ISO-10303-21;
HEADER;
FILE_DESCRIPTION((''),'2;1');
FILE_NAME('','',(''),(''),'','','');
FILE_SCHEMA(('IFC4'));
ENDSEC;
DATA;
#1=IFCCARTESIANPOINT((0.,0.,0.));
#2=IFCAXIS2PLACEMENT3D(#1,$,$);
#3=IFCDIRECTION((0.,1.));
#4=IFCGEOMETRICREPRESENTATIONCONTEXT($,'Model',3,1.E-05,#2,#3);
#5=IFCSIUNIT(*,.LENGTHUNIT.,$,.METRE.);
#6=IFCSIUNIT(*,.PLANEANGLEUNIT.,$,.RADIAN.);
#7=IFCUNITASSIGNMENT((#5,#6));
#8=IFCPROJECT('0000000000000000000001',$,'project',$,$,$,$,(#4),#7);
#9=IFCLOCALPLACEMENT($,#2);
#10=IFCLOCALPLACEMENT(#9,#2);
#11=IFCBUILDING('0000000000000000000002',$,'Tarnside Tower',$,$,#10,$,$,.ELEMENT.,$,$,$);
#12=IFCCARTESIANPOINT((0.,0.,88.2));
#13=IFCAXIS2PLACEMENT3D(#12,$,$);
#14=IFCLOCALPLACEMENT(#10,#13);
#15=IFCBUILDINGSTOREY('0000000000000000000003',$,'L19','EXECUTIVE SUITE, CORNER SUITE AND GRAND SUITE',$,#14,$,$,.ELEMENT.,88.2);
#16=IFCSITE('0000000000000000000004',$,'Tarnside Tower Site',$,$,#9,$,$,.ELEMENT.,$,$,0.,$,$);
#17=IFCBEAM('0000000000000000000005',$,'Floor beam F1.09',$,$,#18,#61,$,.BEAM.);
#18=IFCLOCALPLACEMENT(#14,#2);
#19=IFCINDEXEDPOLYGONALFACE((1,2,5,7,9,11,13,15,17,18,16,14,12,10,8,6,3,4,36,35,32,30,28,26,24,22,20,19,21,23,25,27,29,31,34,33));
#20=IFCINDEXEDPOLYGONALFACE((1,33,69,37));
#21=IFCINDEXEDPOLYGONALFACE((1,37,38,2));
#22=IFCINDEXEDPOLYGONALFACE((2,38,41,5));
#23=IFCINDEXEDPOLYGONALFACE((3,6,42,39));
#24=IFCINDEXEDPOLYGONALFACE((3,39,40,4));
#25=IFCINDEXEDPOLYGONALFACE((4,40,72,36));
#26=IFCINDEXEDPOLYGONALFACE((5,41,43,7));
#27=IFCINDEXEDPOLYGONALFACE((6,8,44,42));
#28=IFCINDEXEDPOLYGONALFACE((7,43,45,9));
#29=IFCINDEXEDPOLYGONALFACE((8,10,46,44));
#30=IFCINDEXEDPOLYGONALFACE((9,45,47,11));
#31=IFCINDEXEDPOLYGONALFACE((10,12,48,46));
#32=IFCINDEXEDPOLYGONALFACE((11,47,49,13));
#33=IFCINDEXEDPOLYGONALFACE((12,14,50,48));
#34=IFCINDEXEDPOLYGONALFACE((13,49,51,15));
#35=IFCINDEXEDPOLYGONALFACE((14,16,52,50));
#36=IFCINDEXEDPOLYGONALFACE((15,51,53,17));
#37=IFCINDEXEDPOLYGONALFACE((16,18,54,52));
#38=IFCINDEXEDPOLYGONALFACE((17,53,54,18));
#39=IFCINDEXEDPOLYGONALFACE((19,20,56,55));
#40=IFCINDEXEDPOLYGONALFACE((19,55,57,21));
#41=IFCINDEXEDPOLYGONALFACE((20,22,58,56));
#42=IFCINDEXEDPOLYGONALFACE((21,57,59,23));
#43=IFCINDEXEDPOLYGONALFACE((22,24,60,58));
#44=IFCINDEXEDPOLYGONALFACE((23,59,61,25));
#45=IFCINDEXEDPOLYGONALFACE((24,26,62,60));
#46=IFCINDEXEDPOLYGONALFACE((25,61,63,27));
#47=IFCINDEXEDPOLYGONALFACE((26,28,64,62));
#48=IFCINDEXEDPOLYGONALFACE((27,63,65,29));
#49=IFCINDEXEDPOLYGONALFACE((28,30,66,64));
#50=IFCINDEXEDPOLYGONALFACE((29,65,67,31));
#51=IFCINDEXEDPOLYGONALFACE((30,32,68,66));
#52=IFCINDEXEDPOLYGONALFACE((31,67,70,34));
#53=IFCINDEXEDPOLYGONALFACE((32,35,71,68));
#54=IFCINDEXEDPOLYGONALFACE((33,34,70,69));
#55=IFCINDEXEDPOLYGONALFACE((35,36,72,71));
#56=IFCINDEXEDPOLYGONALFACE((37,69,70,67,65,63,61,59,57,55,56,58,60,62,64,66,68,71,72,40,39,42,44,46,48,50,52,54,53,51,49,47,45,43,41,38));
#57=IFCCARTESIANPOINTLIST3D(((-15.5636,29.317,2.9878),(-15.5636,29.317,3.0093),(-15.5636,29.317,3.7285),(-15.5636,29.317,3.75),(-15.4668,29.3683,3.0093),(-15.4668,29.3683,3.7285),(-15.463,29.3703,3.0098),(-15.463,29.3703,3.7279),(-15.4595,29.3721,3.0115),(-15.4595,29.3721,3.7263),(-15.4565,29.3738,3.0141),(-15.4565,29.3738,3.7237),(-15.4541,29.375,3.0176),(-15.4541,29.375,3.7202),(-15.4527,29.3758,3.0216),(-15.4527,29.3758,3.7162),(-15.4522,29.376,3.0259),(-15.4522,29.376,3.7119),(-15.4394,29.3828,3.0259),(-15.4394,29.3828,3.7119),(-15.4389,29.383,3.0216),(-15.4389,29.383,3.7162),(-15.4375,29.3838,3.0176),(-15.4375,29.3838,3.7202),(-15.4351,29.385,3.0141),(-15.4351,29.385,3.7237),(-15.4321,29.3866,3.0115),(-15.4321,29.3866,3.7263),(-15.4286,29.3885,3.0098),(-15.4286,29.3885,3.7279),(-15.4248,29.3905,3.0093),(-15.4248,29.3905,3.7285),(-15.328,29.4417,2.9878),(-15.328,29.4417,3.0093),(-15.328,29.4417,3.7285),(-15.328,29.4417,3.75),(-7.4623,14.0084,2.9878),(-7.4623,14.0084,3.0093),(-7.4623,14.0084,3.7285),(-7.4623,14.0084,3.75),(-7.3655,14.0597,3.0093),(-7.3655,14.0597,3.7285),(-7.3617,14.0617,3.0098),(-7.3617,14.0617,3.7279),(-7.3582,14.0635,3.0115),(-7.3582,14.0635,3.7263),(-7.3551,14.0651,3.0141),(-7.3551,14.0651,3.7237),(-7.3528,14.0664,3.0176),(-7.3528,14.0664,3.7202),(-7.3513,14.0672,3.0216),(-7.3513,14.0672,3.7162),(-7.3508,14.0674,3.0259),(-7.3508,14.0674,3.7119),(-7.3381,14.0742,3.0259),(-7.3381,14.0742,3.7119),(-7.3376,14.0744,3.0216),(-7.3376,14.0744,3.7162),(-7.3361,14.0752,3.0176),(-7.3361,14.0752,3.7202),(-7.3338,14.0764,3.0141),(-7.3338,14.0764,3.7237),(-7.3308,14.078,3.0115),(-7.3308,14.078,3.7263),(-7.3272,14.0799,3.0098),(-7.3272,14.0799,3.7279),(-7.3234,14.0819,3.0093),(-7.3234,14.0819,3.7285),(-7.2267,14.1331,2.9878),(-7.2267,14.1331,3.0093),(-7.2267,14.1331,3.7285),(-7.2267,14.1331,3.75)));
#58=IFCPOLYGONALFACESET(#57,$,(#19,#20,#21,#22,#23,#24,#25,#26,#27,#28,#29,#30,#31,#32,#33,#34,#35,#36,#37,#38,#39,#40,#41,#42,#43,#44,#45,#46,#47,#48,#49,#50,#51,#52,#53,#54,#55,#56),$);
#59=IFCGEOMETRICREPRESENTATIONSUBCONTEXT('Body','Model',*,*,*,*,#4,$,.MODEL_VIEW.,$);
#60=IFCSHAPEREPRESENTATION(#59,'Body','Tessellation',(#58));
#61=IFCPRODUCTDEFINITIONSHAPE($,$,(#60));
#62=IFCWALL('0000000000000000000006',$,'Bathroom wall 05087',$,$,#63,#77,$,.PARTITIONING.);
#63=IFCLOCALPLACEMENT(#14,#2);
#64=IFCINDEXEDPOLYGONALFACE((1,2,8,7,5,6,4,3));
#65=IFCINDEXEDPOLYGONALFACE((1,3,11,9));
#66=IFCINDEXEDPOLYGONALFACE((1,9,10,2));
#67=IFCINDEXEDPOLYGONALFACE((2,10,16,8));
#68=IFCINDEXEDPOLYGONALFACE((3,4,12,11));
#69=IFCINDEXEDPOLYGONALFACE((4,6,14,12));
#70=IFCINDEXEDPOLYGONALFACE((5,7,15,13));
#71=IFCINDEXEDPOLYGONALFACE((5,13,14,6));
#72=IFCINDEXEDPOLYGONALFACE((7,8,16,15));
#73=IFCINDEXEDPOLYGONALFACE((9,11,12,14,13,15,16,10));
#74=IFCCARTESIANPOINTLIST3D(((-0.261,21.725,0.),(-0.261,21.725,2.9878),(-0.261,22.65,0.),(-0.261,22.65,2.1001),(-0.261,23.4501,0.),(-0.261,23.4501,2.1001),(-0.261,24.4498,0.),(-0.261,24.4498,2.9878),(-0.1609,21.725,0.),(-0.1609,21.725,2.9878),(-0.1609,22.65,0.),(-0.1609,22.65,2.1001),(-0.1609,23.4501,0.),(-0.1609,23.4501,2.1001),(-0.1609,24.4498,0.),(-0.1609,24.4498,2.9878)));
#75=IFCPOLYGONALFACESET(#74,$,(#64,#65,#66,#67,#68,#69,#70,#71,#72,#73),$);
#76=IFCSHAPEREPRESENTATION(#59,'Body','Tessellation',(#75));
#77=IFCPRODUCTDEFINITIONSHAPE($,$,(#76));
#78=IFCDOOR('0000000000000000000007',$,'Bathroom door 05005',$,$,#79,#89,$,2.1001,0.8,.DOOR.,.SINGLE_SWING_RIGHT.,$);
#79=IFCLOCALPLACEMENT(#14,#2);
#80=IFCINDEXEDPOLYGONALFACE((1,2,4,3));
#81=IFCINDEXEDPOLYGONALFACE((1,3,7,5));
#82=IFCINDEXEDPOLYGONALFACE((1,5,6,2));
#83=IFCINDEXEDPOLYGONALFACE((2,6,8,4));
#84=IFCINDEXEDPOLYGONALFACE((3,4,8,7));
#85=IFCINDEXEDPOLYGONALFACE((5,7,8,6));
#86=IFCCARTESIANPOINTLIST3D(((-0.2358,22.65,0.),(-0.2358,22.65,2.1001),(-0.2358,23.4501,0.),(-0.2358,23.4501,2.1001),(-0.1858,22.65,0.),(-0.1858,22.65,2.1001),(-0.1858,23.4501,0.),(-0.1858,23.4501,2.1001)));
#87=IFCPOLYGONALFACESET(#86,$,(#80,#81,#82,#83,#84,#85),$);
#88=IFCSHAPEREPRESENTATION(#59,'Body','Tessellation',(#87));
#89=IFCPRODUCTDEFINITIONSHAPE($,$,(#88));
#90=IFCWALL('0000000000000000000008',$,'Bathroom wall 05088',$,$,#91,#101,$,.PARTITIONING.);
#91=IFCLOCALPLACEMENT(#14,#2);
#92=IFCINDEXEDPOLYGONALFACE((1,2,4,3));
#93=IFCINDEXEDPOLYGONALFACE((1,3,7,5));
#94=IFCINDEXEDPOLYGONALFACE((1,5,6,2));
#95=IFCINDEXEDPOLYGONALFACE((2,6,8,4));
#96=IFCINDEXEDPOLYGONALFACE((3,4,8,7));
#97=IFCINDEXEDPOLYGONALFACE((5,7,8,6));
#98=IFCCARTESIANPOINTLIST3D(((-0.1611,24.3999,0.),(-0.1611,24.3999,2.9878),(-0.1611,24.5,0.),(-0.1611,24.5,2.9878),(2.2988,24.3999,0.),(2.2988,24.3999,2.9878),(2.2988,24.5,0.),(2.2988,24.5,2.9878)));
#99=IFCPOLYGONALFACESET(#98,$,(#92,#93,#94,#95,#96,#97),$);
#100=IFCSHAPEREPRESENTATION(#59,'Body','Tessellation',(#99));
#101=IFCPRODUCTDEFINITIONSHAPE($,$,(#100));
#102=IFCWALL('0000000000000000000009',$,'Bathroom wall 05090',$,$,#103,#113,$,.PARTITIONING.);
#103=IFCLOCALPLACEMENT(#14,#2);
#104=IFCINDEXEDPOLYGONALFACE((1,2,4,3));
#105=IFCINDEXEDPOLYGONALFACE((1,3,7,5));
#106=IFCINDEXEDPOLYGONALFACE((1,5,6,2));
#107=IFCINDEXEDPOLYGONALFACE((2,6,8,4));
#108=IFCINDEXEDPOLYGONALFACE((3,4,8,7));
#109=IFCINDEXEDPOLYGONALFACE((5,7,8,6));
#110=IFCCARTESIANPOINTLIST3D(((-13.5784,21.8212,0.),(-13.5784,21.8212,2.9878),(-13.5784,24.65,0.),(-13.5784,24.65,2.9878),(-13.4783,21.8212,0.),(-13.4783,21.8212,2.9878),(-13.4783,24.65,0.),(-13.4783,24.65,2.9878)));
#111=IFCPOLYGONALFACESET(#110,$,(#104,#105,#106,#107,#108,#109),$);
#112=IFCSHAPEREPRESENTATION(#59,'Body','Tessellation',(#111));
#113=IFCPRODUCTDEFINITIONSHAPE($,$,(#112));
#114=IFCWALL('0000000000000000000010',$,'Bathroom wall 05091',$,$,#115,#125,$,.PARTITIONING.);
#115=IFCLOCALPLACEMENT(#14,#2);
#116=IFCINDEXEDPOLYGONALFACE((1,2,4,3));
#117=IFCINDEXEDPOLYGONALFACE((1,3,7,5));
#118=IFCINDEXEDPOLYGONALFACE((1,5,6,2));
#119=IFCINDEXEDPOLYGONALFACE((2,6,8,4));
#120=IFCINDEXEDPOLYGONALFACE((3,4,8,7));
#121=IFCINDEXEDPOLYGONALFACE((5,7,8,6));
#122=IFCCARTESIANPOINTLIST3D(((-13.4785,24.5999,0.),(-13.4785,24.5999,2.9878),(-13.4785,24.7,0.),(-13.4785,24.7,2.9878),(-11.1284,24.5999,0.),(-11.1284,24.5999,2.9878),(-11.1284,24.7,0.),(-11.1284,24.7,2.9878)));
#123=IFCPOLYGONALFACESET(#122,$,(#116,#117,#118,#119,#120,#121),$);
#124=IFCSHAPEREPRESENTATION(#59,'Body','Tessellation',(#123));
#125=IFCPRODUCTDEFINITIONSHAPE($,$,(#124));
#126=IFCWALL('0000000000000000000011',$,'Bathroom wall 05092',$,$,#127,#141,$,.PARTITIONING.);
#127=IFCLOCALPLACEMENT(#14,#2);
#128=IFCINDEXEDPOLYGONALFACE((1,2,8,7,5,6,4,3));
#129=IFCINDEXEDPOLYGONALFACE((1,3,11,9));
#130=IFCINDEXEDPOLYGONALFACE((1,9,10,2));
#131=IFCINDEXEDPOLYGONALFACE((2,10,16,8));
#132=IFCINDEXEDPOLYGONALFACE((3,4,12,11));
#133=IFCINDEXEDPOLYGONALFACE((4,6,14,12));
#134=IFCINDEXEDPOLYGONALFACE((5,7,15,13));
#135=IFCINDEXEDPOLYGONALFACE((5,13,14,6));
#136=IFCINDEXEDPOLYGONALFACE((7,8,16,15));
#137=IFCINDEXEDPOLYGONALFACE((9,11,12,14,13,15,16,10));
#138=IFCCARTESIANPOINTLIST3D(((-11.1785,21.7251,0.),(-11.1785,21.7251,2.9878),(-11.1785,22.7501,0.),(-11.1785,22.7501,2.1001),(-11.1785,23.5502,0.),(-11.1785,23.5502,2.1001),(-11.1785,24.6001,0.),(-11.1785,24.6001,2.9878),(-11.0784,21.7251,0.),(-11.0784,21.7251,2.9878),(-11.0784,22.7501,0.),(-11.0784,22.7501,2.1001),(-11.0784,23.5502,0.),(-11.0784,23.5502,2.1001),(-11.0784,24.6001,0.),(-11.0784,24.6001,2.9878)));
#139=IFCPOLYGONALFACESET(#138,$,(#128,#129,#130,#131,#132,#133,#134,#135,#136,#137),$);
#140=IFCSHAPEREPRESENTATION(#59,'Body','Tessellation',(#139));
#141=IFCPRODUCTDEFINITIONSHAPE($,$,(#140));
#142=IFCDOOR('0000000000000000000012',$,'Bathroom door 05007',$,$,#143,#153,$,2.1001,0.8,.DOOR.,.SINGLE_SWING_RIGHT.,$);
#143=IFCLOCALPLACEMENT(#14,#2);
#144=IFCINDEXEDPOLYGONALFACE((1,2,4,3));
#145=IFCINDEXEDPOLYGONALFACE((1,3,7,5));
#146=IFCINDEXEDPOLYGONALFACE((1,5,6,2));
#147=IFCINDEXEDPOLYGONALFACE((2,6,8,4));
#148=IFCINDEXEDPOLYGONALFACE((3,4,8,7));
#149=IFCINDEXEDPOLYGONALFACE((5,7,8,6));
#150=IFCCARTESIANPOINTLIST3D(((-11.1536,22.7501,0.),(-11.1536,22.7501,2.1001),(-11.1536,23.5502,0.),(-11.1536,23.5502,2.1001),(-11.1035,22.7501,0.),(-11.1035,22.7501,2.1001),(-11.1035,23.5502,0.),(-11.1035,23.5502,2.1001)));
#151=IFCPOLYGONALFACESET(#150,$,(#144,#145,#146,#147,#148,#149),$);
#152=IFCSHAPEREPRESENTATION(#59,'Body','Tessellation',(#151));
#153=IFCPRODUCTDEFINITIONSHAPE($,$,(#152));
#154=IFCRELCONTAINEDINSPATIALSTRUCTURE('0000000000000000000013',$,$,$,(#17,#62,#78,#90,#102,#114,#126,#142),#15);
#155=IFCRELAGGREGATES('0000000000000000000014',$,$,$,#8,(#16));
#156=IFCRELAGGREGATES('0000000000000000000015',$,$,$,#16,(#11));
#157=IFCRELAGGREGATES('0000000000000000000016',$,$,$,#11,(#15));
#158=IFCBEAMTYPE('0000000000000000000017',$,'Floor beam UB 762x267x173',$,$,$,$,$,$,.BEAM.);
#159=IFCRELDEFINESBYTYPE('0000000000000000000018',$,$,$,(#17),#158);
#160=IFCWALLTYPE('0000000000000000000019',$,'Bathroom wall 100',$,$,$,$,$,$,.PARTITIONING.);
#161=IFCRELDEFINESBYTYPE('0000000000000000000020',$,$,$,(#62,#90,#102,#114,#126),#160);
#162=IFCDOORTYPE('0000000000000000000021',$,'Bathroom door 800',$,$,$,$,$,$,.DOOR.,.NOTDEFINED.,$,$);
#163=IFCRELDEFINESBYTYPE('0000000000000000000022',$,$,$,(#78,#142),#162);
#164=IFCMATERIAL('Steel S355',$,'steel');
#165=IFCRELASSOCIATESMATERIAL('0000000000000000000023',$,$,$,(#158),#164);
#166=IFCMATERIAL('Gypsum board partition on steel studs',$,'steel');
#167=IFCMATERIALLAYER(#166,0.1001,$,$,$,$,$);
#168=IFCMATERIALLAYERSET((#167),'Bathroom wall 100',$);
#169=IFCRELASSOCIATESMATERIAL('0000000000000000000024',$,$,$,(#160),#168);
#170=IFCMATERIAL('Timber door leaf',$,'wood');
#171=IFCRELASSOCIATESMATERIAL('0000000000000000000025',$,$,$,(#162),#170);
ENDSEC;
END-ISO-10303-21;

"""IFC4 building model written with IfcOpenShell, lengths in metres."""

from ifc_helpers import new_model, si_unit, direction, frame, frame_2d, origin, origin_2d, place, context, subcontext, project, spatial, rectangle, i_section, extrude, material, layer, layer_set, material_profile, profile_set, type_object, element, fill, save


model = new_model("IFC4")

# Units and contexts
model_context = context("Model", 3, precision=1e-05, world=origin(), true_north=direction((0.0, 1.0)))
body_context = subcontext(model_context, "Body", "Model", "MODEL_VIEW")
ifc_project = project(units=[si_unit("LENGTHUNIT", "METRE"), si_unit("PLANEANGLEUNIT", "RADIAN")], contexts=[model_context])

# Site, building, storey
site_placement = place(None, origin())
site = spatial("IfcSite", under=ifc_project, at=site_placement, Name="Tarnside Tower Site", CompositionType="ELEMENT", RefElevation=0.0)
building_placement = place(site_placement, origin())
building = spatial("IfcBuilding", under=site, at=building_placement, Name="Tarnside Tower", CompositionType="ELEMENT")
storey_placement = place(building_placement, frame((0.0, 0.0, 88.2)))
storey = spatial("IfcBuildingStorey", under=building, at=storey_placement, Name="L19", Description="EXECUTIVE SUITE, CORNER SUITE AND GRAND SUITE", CompositionType="ELEMENT", Elevation=88.2)

# Beam
ifc_material_1 = material(Name="Steel S355", Category="steel")
ifc_material_profile_1 = material_profile(ifc_material_1, i_section(OverallWidth=0.2666, OverallDepth=0.7622, WebThickness=0.0144, FlangeThickness=0.0215, FilletRadius=0.0166, at=origin_2d()), Name="UB 762x267x173")
ifc_profile_set_1 = profile_set([ifc_material_profile_1], Name="Steel S355")
beam_type_1 = type_object("IfcBeamType", Name="Floor beam UB 762x267x173", PredefinedType="BEAM", material=ifc_profile_set_1)
beam_1_placement = place(storey_placement, frame((-15.4458, 29.3794, 3.3689), z_axis=(0.467742, -0.883865, 0.0), x_axis=(0.883865, 0.467742, 0.0)))
element("IfcBeam", 1, at=beam_1_placement, inside=storey, type_object=beam_type_1, Name="Floor beam F1.09", PredefinedType="BEAM", context=body_context, shape_type="SweptSolid", body=[
    extrude(i_section(OverallWidth=0.2666, OverallDepth=0.7622, WebThickness=0.0144, FlangeThickness=0.0215, FilletRadius=0.0166, at=origin_2d()), origin(), (0.0, 0.0, 1.0), 17.3201),
])

# Wall, opening, door
ifc_material_2 = material(Name="Gypsum board partition on steel studs", Category="steel")
ifc_layer_1 = layer(ifc_material_2, 0.1001)
ifc_layer_set_1 = layer_set([ifc_layer_1], Name="Bathroom wall 100")
wall_type_1 = type_object("IfcWallType", Name="Bathroom wall 100", PredefinedType="PARTITIONING", material=ifc_layer_set_1)
wall_1_placement = place(storey_placement, frame((-0.2109, 21.7251, 0.0), z_axis=(0.0, 0.0, 1.0), x_axis=(0.0, 1.0, 0.0)))
wall_1 = element("IfcWall", 2, at=wall_1_placement, inside=storey, type_object=wall_type_1, Name="Bathroom wall 05087", PredefinedType="PARTITIONING", context=body_context, shape_type="SweptSolid", body=[
    extrude(rectangle(XDim=2.7249, YDim=0.1001, at=frame_2d((1.3623, 0.0))), origin(), (0.0, 0.0, 1.0), 2.9878),
])
opening_1_placement = place(wall_1_placement, frame((0.925, 0.0, 0.0)))
opening_1 = element("IfcOpeningElement", 3, at=opening_1_placement, cuts=wall_1, PredefinedType="OPENING", context=body_context, shape_type="SweptSolid", body=[
    extrude(rectangle(XDim=0.8, YDim=2.1001, at=frame_2d((0.3999, 1.05))), frame((0.0, 0.0601, 0.0), z_axis=(0.0, -1.0, 0.0), x_axis=(1.0, 0.0, 0.0)), (0.0, 0.0, 1.0), 0.1201),
])
ifc_material_3 = material(Name="Timber door leaf", Category="wood")
door_type_1 = type_object("IfcDoorType", Name="Bathroom door 800", OperationType="NOTDEFINED", PredefinedType="DOOR", material=ifc_material_3)
door_1_placement = place(opening_1_placement, origin())
door_1 = element("IfcDoor", 4, at=door_1_placement, inside=storey, type_object=door_type_1, Name="Bathroom door 05005", OperationType="SINGLE_SWING_RIGHT", OverallHeight=2.1001, OverallWidth=0.8, PredefinedType="DOOR", context=body_context, shape_type="SweptSolid", body=[
    extrude(rectangle(XDim=0.8, YDim=2.1001, at=frame_2d((0.3999, 1.05))), frame((0.0, 0.0249, 0.0), z_axis=(0.0, -1.0, 0.0), x_axis=(1.0, 0.0, 0.0)), (0.0, 0.0, 1.0), 0.05),
])
fill(opening_1, door_1)

# Walls
wall_2_placement = place(storey_placement, frame((-0.1611, 24.45, 0.0), z_axis=(0.0, 0.0, 1.0), x_axis=(1.0, 0.0, 0.0)))
element("IfcWall", 5, at=wall_2_placement, inside=storey, type_object=wall_type_1, Name="Bathroom wall 05088", PredefinedType="PARTITIONING", context=body_context, shape_type="SweptSolid", body=[
    extrude(rectangle(XDim=2.46, YDim=0.1001, at=frame_2d((1.23, 0.0))), origin(), (0.0, 0.0, 1.0), 2.9878),
])
wall_3_placement = place(storey_placement, frame((-13.5283, 21.821, 0.0), z_axis=(0.0, 0.0, 1.0), x_axis=(0.0, 1.0, 0.0)))
element("IfcWall", 6, at=wall_3_placement, inside=storey, type_object=wall_type_1, Name="Bathroom wall 05090", PredefinedType="PARTITIONING", context=body_context, shape_type="SweptSolid", body=[
    extrude(rectangle(XDim=2.8289, YDim=0.1001, at=frame_2d((1.4146, 0.0))), origin(), (0.0, 0.0, 1.0), 2.9878),
])
wall_4_placement = place(storey_placement, frame((-13.4785, 24.6499, 0.0), z_axis=(0.0, 0.0, 1.0), x_axis=(1.0, 0.0, 0.0)))
element("IfcWall", 7, at=wall_4_placement, inside=storey, type_object=wall_type_1, Name="Bathroom wall 05091", PredefinedType="PARTITIONING", context=body_context, shape_type="SweptSolid", body=[
    extrude(rectangle(XDim=2.3501, YDim=0.1001, at=frame_2d((1.175, 0.0))), origin(), (0.0, 0.0, 1.0), 2.9878),
])

# Wall, opening, door
wall_5_placement = place(storey_placement, frame((-11.1284, 24.6001, 0.0), z_axis=(0.0, 0.0, 1.0), x_axis=(0.0, -1.0, 0.0)))
wall_5 = element("IfcWall", 8, at=wall_5_placement, inside=storey, type_object=wall_type_1, Name="Bathroom wall 05092", PredefinedType="PARTITIONING", context=body_context, shape_type="SweptSolid", body=[
    extrude(rectangle(XDim=2.875, YDim=0.1001, at=frame_2d((1.4375, 0.0))), origin(), (0.0, 0.0, 1.0), 2.9878),
])
opening_2_placement = place(wall_5_placement, frame((1.05, 0.0, 0.0)))
opening_2 = element("IfcOpeningElement", 9, at=opening_2_placement, cuts=wall_5, PredefinedType="OPENING", context=body_context, shape_type="SweptSolid", body=[
    extrude(rectangle(XDim=0.8, YDim=2.1001, at=frame_2d((0.3999, 1.05))), frame((0.0, 0.0601, 0.0), z_axis=(0.0, -1.0, 0.0), x_axis=(1.0, 0.0, 0.0)), (0.0, 0.0, 1.0), 0.1201),
])
door_2_placement = place(opening_2_placement, origin())
door_2 = element("IfcDoor", 10, at=door_2_placement, inside=storey, type_object=door_type_1, Name="Bathroom door 05007", OperationType="SINGLE_SWING_RIGHT", OverallHeight=2.1001, OverallWidth=0.8, PredefinedType="DOOR", context=body_context, shape_type="SweptSolid", body=[
    extrude(rectangle(XDim=0.8, YDim=2.1001, at=frame_2d((0.3999, 1.05))), frame((0.0, 0.0249, 0.0), z_axis=(0.0, -1.0, 0.0), x_axis=(1.0, 0.0, 0.0)), (0.0, 0.0, 1.0), 0.05),
])
fill(opening_2, door_2)

save(model, "model.ifc")
